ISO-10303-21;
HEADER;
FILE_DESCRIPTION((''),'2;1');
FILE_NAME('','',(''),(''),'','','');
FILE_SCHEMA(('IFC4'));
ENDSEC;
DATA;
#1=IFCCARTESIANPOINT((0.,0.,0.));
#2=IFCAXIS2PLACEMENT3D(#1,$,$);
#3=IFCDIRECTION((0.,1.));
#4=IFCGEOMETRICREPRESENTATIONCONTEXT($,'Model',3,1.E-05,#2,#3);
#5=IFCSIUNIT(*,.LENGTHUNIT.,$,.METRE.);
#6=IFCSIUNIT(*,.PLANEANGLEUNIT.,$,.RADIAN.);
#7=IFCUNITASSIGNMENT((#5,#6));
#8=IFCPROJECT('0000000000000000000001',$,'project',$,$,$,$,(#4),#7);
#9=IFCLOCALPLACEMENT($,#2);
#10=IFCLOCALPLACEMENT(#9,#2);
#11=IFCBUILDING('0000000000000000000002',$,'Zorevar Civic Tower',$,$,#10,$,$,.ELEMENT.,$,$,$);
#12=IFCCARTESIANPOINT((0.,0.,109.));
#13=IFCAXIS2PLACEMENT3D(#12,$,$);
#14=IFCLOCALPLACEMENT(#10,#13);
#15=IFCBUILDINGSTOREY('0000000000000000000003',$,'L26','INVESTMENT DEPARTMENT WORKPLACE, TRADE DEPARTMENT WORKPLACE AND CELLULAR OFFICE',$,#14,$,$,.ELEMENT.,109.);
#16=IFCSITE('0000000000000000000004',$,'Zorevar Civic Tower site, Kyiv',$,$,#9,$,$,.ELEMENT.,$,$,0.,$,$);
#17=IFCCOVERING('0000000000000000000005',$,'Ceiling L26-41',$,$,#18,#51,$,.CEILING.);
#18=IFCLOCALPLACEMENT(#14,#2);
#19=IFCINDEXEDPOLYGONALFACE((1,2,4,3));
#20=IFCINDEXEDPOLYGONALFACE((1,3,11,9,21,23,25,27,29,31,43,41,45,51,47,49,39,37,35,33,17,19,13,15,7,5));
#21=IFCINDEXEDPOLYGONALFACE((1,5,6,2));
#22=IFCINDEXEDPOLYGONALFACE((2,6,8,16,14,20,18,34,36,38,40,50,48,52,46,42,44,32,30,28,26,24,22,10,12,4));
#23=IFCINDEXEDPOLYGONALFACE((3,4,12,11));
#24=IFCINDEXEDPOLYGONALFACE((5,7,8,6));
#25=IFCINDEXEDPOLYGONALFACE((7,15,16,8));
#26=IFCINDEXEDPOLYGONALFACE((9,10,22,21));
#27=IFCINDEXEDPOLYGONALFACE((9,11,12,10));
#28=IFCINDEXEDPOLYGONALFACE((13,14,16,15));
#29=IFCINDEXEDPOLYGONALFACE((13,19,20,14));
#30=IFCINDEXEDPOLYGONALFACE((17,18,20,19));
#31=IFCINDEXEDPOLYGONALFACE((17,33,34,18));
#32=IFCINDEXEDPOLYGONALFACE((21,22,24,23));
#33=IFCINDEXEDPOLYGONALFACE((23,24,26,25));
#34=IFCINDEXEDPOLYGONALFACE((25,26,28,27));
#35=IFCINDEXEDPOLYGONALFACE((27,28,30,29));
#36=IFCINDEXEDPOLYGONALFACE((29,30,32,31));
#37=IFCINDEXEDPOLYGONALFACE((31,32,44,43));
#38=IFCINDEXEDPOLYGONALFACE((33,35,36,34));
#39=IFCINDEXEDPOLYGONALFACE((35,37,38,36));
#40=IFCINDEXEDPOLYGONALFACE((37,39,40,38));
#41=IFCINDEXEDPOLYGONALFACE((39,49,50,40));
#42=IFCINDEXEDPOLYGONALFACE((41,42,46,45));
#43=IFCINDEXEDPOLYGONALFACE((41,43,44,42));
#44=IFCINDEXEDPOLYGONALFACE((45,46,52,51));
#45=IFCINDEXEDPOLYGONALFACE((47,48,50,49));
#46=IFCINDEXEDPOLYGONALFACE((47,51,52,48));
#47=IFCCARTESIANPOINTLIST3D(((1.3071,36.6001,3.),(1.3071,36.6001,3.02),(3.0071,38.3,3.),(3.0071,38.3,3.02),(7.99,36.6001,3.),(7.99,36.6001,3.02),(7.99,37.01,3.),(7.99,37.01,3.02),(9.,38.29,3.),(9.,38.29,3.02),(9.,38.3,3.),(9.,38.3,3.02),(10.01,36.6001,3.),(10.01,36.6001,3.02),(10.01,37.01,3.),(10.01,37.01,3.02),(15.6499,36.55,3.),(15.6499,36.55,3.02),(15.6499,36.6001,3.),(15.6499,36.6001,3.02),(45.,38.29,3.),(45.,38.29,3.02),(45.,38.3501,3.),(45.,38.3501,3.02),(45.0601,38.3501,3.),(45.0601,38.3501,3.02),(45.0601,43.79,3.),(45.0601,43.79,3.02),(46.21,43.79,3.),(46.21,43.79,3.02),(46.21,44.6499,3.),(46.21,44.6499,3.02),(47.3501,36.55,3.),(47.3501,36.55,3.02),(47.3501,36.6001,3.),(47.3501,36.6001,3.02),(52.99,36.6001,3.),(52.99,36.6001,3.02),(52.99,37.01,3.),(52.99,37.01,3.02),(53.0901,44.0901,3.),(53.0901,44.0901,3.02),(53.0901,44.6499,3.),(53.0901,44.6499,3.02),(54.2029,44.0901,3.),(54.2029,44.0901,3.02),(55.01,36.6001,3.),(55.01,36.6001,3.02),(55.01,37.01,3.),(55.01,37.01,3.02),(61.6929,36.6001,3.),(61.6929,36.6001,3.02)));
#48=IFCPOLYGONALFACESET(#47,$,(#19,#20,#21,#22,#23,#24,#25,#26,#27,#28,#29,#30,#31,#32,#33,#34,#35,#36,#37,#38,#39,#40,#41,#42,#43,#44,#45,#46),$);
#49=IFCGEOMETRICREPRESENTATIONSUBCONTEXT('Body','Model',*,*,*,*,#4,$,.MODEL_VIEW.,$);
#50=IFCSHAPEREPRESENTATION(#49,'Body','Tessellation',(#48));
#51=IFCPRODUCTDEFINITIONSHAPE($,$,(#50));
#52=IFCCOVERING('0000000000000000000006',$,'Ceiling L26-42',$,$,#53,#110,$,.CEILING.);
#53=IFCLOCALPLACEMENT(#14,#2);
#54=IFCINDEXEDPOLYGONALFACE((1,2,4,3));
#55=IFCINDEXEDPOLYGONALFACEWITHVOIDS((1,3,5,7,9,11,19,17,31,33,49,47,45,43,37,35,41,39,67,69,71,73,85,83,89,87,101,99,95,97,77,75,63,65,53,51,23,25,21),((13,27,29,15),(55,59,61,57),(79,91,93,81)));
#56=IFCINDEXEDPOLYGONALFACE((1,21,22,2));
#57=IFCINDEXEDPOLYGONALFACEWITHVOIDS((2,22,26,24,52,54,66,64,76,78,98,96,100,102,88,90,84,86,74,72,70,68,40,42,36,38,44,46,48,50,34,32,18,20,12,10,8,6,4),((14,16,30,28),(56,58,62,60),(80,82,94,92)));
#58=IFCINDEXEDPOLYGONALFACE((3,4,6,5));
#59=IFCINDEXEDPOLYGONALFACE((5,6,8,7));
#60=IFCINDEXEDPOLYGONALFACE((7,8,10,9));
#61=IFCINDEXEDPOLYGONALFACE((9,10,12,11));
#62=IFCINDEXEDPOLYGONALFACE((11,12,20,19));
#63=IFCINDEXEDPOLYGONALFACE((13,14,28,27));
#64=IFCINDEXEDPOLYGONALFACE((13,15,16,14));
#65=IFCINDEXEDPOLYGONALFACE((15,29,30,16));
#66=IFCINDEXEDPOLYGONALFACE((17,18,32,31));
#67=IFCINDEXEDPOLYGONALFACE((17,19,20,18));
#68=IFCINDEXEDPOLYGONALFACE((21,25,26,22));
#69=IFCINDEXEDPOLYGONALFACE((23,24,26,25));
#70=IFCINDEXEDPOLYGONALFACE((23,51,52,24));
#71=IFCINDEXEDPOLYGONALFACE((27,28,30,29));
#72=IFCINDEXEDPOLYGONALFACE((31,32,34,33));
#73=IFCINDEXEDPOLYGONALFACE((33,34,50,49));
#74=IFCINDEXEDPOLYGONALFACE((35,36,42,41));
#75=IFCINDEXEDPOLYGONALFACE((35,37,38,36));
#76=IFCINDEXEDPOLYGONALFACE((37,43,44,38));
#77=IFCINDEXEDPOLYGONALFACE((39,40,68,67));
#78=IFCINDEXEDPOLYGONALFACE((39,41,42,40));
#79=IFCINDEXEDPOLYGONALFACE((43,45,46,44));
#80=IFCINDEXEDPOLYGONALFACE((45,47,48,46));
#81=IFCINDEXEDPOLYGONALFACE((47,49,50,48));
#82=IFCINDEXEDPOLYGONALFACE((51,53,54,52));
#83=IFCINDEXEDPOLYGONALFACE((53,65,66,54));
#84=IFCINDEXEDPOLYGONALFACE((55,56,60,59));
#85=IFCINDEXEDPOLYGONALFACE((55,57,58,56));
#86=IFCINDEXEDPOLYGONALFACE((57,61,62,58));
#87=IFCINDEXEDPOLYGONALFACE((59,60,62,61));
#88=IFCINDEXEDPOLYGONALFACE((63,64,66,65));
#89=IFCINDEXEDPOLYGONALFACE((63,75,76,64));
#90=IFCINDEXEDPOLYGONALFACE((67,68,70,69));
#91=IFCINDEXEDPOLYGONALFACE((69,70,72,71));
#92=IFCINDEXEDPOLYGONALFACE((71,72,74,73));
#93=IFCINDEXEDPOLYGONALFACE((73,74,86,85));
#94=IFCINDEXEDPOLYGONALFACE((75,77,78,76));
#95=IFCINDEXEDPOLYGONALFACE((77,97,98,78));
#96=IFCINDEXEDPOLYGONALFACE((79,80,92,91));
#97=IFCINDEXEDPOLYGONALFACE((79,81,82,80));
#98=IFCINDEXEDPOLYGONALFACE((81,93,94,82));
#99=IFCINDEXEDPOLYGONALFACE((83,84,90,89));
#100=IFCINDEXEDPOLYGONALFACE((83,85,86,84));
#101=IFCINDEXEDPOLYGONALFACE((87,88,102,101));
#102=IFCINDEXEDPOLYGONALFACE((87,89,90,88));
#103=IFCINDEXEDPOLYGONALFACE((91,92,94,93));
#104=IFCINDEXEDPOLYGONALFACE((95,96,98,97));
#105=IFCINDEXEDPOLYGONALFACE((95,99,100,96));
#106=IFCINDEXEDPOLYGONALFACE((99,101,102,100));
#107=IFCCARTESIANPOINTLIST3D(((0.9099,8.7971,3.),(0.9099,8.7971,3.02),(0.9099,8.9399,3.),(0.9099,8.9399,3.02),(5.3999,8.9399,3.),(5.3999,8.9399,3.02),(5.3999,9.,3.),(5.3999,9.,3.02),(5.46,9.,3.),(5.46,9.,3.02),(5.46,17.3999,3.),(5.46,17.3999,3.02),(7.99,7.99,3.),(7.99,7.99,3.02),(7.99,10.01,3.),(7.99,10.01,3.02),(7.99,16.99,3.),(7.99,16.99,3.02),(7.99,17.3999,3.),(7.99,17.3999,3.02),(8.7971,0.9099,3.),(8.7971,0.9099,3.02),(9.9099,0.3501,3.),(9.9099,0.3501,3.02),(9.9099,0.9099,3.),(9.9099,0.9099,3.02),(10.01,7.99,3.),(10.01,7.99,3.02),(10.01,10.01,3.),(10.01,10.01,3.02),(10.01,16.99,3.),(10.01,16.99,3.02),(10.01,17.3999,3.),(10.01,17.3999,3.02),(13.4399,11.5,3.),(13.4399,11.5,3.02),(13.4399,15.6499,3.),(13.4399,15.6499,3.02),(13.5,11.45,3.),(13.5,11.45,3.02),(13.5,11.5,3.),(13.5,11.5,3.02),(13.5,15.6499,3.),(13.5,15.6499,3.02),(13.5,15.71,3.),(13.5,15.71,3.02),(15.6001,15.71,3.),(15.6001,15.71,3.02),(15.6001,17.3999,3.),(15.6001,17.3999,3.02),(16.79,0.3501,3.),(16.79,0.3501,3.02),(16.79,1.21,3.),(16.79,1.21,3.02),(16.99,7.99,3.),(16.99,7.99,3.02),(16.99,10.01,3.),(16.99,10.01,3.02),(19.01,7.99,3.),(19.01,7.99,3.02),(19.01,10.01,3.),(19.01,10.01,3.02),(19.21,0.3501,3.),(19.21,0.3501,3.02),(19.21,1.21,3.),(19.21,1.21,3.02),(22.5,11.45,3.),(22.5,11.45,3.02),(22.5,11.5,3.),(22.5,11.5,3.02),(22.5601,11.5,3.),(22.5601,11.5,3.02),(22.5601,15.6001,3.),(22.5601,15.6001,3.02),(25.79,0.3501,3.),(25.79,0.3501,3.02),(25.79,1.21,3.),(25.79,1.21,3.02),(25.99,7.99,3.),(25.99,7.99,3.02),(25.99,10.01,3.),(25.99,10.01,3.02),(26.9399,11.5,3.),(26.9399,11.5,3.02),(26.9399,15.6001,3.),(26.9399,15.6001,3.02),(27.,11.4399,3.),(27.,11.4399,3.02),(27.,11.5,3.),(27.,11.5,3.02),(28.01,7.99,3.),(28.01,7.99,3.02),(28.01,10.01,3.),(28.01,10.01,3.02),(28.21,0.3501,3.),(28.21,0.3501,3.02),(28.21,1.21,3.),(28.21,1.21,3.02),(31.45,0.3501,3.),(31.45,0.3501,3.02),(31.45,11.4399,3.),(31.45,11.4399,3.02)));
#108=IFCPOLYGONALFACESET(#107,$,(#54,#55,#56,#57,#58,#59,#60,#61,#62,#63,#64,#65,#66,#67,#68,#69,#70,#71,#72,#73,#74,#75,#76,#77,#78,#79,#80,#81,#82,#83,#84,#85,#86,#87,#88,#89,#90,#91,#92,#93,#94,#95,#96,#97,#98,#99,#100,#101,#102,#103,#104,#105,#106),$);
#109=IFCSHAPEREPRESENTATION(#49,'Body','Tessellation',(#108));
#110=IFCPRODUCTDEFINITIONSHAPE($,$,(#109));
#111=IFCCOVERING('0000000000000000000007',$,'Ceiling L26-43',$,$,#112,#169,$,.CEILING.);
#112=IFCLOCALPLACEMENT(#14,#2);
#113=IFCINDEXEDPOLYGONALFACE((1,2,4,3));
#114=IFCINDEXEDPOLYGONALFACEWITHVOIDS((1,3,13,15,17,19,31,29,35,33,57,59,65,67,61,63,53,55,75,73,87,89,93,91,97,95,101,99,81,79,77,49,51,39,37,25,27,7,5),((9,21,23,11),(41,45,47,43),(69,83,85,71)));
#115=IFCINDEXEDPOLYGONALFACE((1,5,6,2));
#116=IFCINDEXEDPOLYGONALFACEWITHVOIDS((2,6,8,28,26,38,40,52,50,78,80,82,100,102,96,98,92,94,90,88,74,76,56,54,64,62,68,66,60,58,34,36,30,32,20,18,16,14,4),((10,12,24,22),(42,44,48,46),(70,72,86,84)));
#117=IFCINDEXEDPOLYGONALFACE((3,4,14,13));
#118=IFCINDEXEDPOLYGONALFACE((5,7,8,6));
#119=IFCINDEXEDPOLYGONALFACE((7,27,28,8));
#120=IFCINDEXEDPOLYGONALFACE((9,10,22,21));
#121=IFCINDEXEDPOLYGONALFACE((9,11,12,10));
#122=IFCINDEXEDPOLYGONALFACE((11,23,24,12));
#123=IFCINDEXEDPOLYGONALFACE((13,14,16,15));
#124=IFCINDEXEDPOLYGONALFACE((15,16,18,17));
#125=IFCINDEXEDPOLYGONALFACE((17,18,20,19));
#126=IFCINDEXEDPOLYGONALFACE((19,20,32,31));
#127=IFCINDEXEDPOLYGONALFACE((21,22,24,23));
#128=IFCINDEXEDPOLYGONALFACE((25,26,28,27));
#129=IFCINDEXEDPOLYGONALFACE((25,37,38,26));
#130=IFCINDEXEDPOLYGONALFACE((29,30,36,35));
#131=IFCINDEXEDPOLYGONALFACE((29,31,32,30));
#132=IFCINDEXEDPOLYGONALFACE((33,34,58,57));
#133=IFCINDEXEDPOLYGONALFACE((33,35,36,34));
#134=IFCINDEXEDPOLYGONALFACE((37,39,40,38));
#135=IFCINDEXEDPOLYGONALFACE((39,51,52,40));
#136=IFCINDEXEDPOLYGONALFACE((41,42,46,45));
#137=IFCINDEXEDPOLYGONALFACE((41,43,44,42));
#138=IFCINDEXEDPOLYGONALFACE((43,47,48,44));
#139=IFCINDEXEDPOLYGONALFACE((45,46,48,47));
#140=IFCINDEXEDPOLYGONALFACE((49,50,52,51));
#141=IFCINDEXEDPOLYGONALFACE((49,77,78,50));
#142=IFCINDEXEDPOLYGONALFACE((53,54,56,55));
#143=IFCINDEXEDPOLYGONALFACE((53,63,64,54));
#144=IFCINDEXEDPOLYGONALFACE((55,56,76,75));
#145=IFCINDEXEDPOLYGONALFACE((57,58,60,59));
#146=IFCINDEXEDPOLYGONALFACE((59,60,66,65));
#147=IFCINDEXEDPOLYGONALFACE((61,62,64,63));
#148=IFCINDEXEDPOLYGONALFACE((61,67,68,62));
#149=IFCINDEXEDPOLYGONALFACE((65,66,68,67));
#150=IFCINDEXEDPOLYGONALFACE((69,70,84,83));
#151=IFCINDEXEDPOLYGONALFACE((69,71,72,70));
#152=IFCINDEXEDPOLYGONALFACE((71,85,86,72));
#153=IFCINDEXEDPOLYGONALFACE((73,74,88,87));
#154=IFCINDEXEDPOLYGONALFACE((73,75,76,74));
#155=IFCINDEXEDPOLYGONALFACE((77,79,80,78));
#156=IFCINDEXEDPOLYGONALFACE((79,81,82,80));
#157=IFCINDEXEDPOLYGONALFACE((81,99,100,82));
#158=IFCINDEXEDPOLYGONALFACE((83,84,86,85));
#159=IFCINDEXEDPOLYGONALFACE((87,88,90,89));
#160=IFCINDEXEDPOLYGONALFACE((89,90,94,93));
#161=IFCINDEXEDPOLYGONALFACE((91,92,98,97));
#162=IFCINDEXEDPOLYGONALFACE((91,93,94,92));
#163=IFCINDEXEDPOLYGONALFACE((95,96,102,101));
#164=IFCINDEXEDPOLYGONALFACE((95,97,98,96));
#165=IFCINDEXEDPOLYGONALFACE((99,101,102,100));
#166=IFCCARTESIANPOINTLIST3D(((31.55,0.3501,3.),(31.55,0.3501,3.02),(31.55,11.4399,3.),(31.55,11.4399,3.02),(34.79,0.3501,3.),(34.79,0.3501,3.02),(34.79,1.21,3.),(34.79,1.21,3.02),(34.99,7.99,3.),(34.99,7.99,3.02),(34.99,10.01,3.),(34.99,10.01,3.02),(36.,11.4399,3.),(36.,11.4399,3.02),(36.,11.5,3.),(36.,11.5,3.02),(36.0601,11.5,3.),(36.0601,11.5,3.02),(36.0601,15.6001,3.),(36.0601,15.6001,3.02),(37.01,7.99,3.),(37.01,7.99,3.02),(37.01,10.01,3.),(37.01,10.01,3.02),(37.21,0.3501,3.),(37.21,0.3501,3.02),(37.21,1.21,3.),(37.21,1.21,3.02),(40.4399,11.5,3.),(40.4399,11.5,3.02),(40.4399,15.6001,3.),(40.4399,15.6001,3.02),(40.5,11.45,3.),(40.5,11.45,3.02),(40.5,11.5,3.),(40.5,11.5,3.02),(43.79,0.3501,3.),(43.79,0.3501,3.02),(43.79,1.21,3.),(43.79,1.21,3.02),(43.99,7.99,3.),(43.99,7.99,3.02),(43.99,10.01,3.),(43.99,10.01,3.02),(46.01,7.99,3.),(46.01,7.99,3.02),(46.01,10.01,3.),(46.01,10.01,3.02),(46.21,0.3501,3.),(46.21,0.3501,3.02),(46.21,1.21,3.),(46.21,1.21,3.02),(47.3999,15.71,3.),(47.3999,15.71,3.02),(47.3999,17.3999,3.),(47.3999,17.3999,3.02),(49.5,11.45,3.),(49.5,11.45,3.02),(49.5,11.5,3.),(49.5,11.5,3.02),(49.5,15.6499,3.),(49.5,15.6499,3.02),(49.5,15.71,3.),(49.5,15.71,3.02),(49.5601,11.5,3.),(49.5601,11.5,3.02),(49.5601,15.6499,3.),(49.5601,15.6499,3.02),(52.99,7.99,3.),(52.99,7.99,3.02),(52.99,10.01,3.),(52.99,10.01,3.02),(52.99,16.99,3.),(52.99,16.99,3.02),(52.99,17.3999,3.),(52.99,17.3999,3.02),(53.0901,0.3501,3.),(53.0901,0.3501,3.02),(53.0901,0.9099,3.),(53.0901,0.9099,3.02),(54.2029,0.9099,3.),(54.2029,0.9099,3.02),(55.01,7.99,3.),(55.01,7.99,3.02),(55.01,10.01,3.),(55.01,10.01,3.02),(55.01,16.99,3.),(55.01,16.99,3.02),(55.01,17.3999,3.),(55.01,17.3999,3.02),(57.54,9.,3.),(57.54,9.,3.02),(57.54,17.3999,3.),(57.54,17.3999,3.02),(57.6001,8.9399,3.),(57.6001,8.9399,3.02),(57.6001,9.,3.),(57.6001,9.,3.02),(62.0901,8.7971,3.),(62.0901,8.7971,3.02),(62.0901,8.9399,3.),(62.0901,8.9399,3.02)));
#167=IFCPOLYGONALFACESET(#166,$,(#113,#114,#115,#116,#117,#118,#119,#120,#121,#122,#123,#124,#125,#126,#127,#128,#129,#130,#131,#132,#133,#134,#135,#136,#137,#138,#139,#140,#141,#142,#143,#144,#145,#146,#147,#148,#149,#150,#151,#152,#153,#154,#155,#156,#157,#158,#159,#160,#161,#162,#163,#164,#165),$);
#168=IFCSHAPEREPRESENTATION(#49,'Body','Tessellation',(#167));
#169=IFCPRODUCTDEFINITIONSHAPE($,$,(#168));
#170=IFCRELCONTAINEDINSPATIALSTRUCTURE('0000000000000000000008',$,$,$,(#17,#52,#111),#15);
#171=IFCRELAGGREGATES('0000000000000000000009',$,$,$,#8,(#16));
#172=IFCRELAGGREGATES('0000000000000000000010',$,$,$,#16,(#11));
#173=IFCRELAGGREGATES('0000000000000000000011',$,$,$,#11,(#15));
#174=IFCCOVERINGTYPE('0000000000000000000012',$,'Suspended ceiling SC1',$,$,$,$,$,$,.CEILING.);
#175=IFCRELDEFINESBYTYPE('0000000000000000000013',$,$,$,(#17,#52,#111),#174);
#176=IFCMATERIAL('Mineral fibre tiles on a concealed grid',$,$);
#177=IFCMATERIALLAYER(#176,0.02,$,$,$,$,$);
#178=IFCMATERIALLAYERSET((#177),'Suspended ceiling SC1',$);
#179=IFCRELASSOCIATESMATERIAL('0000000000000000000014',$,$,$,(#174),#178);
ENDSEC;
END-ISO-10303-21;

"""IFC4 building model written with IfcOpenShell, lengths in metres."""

from ifc_helpers import new_model, si_unit, direction, frame, origin, place, context, subcontext, project, spatial, polyline, outline, extrude, material, layer, layer_set, type_object, element, save


model = new_model("IFC4")

# Units and contexts
model_context = context("Model", 3, precision=1e-05, world=origin(), true_north=direction((0.0, 1.0)))
body_context = subcontext(model_context, "Body", "Model", "MODEL_VIEW")
ifc_project = project(units=[si_unit("LENGTHUNIT", "METRE"), si_unit("PLANEANGLEUNIT", "RADIAN")], contexts=[model_context])

# Site, building, storey
site_placement = place(None, origin())
site = spatial("IfcSite", under=ifc_project, at=site_placement, Name="Zorevar Civic Tower site, Kyiv", CompositionType="ELEMENT", RefElevation=0.0)
building_placement = place(site_placement, origin())
building = spatial("IfcBuilding", under=site, at=building_placement, Name="Zorevar Civic Tower", CompositionType="ELEMENT")
storey_placement = place(building_placement, frame((0.0, 0.0, 109.0)))
storey = spatial("IfcBuildingStorey", under=building, at=storey_placement, Name="L26", Description="INVESTMENT DEPARTMENT WORKPLACE, TRADE DEPARTMENT WORKPLACE AND CELLULAR OFFICE", CompositionType="ELEMENT", Elevation=109.0)

# Coverings
ifc_material_1 = material(Name="Mineral fibre tiles on a concealed grid")
ifc_layer_1 = layer(ifc_material_1, 0.02)
ifc_layer_set_1 = layer_set([ifc_layer_1], Name="Suspended ceiling SC1")
covering_type_1 = type_object("IfcCoveringType", Name="Suspended ceiling SC1", PredefinedType="CEILING", material=ifc_layer_set_1)
covering_1_placement = place(storey_placement, frame((0.0, 0.0, 3.0)))
element("IfcCovering", 1, at=covering_1_placement, inside=storey, type_object=covering_type_1, Name="Ceiling L26-41", PredefinedType="CEILING", context=body_context, shape_type="SweptSolid", body=[
    extrude(outline(polyline([(53.0901, 44.0901), (54.2029, 44.0901), (61.6929, 36.6001), (55.01, 36.6001), (55.01, 37.01), (52.99, 37.01), (52.99, 36.6001), (47.3501, 36.6001), (47.3501, 36.55), (15.6499, 36.55), (15.6499, 36.6001), (10.01, 36.6001), (10.01, 37.01), (7.99, 37.01), (7.99, 36.6001), (1.3071, 36.6001), (3.0071, 38.3), (9.0, 38.3), (9.0, 38.29), (45.0, 38.29), (45.0, 38.3501), (45.0601, 38.3501), (45.0601, 43.79), (46.21, 43.79), (46.21, 44.6499), (53.0901, 44.6499), (53.0901, 44.0901)])), origin(), (0.0, 0.0, 1.0), 0.02),
])
covering_2_placement = place(storey_placement, frame((0.0, 0.0, 3.0)))
element("IfcCovering", 2, at=covering_2_placement, inside=storey, type_object=covering_type_1, Name="Ceiling L26-42", PredefinedType="CEILING", context=body_context, shape_type="SweptSolid", body=[
    extrude(outline(polyline([(5.46, 17.3999), (7.99, 17.3999), (7.99, 16.99), (10.01, 16.99), (10.01, 17.3999), (15.6001, 17.3999), (15.6001, 15.71), (13.5, 15.71), (13.5, 15.6499), (13.4399, 15.6499), (13.4399, 11.5), (13.5, 11.5), (13.5, 11.45), (22.5, 11.45), (22.5, 11.5), (22.5601, 11.5), (22.5601, 15.6001), (26.9399, 15.6001), (26.9399, 11.5), (27.0, 11.5), (27.0, 11.4399), (31.45, 11.4399), (31.45, 0.3501), (28.21, 0.3501), (28.21, 1.21), (25.79, 1.21), (25.79, 0.3501), (19.21, 0.3501), (19.21, 1.21), (16.79, 1.21), (16.79, 0.3501), (9.9099, 0.3501), (9.9099, 0.9099), (8.7971, 0.9099), (0.9099, 8.7971), (0.9099, 8.9399), (5.3999, 8.9399), (5.3999, 9.0), (5.46, 9.0), (5.46, 17.3999)]), holes=[polyline([(7.99, 7.99), (10.01, 7.99), (10.01, 10.01), (7.99, 10.01), (7.99, 7.99)]), polyline([(19.01, 7.99), (19.01, 10.01), (16.99, 10.01), (16.99, 7.99), (19.01, 7.99)]), polyline([(25.99, 10.01), (25.99, 7.99), (28.01, 7.99), (28.01, 10.01), (25.99, 10.01)])]), origin(), (0.0, 0.0, 1.0), 0.02),
])
covering_3_placement = place(storey_placement, frame((0.0, 0.0, 3.0)))
element("IfcCovering", 3, at=covering_3_placement, inside=storey, type_object=covering_type_1, Name="Ceiling L26-43", PredefinedType="CEILING", context=body_context, shape_type="SweptSolid", body=[
    extrude(outline(polyline([(52.99, 17.3999), (52.99, 16.99), (55.01, 16.99), (55.01, 17.3999), (57.54, 17.3999), (57.54, 9.0), (57.6001, 9.0), (57.6001, 8.9399), (62.0901, 8.9399), (62.0901, 8.7971), (54.2029, 0.9099), (53.0901, 0.9099), (53.0901, 0.3501), (46.21, 0.3501), (46.21, 1.21), (43.79, 1.21), (43.79, 0.3501), (37.21, 0.3501), (37.21, 1.21), (34.79, 1.21), (34.79, 0.3501), (31.55, 0.3501), (31.55, 11.4399), (36.0, 11.4399), (36.0, 11.5), (36.0601, 11.5), (36.0601, 15.6001), (40.4399, 15.6001), (40.4399, 11.5), (40.5, 11.5), (40.5, 11.45), (49.5, 11.45), (49.5, 11.5), (49.5601, 11.5), (49.5601, 15.6499), (49.5, 15.6499), (49.5, 15.71), (47.3999, 15.71), (47.3999, 17.3999), (52.99, 17.3999)]), holes=[polyline([(37.01, 7.99), (37.01, 10.01), (34.99, 10.01), (34.99, 7.99), (37.01, 7.99)]), polyline([(43.99, 10.01), (43.99, 7.99), (46.01, 7.99), (46.01, 10.01), (43.99, 10.01)]), polyline([(55.01, 7.99), (55.01, 10.01), (52.99, 10.01), (52.99, 7.99), (55.01, 7.99)])]), origin(), (0.0, 0.0, 1.0), 0.02),
])

save(model, "model.ifc")
